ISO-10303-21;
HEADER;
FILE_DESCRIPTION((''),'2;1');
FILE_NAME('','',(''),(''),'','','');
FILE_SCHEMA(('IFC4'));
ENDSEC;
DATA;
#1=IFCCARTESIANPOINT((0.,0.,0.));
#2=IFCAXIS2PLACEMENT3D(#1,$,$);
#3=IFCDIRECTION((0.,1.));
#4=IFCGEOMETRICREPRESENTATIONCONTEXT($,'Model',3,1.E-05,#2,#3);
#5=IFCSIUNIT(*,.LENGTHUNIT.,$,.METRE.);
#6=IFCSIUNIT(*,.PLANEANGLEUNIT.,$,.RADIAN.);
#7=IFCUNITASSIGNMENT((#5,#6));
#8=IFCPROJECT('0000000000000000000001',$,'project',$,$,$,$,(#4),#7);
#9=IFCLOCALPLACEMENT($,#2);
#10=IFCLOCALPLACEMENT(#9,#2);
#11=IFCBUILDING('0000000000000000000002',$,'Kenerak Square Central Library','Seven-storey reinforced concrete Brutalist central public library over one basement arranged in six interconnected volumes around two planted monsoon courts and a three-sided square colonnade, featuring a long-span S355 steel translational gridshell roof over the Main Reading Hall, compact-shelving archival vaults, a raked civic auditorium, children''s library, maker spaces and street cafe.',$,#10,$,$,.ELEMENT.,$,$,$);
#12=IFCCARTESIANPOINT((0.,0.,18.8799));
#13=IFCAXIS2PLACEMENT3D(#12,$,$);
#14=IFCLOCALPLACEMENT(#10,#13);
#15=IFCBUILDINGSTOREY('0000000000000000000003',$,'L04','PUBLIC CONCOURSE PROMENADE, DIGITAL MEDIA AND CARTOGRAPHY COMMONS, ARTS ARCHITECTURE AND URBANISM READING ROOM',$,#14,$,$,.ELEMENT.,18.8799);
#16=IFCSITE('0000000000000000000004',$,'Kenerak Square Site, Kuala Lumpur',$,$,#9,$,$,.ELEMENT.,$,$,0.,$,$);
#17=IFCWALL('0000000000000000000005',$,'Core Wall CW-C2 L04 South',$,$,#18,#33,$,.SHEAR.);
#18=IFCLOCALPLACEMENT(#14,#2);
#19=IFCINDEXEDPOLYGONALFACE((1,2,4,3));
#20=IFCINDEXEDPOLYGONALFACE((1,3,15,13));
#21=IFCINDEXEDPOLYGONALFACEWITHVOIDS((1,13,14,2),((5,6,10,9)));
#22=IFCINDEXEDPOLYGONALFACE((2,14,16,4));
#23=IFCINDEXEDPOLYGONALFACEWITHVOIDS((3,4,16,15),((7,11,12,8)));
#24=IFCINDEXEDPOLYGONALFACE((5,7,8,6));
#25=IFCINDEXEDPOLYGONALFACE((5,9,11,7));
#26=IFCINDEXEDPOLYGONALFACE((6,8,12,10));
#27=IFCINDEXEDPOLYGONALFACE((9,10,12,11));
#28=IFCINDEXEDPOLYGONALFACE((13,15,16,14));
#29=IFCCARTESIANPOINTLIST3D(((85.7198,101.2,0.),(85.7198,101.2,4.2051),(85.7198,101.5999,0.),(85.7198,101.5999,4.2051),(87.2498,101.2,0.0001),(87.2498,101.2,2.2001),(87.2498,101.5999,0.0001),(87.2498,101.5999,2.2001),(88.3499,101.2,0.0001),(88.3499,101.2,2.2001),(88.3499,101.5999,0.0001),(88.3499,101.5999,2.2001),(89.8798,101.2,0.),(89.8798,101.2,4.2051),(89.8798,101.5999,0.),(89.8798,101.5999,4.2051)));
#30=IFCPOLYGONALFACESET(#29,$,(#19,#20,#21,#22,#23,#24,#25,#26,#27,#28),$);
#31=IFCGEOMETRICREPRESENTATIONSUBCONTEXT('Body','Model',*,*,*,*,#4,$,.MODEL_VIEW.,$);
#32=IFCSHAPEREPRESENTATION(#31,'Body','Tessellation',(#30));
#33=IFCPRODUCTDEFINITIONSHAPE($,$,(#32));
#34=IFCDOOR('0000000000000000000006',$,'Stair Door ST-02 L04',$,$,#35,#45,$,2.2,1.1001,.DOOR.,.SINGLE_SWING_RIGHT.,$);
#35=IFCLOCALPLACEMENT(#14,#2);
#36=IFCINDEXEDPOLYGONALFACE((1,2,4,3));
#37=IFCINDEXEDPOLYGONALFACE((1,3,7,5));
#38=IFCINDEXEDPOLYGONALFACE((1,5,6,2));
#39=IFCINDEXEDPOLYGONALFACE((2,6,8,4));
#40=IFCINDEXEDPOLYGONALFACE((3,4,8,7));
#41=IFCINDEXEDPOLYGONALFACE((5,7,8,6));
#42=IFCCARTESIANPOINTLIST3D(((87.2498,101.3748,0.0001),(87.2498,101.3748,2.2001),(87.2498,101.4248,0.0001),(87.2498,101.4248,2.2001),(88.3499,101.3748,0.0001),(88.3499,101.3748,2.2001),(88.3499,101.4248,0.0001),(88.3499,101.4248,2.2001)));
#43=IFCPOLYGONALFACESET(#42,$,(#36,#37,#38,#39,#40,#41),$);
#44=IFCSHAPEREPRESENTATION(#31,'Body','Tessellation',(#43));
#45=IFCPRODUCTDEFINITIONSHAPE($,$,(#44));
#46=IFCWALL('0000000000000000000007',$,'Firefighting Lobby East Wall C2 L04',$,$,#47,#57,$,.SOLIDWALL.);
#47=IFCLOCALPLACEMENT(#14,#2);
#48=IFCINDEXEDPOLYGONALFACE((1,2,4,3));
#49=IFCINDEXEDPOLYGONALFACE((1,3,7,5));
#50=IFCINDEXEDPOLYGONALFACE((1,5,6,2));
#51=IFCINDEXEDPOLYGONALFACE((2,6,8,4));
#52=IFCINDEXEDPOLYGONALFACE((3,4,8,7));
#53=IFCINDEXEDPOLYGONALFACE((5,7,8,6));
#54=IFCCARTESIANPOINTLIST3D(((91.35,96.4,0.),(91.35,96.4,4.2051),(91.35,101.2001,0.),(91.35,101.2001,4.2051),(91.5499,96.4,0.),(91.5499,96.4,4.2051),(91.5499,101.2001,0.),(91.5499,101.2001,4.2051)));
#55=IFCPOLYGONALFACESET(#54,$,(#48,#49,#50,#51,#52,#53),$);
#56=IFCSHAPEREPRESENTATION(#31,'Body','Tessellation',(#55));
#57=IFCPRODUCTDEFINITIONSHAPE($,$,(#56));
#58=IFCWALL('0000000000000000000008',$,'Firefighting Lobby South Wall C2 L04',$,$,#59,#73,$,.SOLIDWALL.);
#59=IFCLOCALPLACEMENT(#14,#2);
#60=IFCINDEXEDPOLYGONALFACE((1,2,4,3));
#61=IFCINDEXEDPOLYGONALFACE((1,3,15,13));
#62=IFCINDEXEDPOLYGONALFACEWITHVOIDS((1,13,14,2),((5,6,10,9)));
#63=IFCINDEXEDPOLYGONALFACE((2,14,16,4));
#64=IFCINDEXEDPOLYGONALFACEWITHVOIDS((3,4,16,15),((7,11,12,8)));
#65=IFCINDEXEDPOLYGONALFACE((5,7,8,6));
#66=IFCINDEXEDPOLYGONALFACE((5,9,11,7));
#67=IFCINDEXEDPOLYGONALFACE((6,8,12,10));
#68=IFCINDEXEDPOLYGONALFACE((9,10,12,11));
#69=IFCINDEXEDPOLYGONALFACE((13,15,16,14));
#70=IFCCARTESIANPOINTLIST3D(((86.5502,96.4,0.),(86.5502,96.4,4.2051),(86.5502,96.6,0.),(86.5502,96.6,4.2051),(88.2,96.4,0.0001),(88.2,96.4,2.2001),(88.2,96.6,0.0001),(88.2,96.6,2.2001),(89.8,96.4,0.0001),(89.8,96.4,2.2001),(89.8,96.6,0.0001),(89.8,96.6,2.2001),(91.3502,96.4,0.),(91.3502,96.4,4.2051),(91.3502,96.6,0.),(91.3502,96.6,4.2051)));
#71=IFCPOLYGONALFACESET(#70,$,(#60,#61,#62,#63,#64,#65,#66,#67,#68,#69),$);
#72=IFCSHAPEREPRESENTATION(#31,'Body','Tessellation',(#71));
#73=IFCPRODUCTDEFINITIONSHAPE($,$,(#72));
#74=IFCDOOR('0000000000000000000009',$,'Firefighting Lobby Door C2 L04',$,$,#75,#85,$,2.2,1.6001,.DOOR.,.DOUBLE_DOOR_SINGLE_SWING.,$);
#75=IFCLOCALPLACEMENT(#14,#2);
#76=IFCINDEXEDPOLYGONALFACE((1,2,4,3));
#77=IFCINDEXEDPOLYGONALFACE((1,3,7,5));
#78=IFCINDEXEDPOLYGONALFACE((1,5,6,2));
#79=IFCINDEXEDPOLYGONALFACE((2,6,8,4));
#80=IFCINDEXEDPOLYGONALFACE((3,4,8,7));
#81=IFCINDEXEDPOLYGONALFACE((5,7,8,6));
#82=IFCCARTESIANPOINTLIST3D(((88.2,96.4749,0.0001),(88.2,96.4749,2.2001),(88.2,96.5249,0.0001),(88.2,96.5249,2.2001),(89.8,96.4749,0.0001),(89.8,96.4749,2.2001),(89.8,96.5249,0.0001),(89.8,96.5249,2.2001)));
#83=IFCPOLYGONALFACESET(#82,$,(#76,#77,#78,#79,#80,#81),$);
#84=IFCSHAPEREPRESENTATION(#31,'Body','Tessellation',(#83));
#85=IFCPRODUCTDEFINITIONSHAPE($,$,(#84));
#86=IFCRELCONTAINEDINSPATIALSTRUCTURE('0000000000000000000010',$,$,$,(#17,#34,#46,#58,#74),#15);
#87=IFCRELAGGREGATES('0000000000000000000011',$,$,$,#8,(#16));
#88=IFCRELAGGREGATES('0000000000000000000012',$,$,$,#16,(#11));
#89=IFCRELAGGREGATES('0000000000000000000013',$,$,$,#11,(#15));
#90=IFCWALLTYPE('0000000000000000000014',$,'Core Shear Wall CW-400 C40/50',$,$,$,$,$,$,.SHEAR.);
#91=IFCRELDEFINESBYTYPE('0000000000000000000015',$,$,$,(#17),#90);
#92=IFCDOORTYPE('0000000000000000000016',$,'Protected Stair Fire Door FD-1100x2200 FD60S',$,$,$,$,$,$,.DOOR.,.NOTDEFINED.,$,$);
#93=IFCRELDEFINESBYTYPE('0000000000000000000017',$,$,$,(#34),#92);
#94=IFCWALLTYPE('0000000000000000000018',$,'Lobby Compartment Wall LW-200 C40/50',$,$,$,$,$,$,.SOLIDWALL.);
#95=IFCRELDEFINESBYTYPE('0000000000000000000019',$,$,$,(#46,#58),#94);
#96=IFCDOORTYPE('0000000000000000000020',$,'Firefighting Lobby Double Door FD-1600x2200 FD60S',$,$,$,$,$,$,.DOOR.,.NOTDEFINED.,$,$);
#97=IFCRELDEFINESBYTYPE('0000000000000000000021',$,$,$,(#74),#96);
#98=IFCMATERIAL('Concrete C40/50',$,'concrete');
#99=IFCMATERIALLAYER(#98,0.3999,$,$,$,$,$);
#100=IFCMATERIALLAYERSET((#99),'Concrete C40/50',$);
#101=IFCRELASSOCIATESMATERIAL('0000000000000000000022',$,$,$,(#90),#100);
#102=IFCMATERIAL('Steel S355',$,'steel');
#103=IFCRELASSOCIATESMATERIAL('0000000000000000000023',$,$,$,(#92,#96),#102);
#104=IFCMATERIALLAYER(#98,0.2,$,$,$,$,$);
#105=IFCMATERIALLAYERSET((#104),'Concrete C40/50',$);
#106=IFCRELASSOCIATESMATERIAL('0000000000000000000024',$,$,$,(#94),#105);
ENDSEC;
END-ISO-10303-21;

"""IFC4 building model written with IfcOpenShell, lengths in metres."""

from ifc_helpers import new_model, si_unit, direction, frame, frame_2d, origin, place, context, subcontext, project, spatial, rectangle, extrude, material, layer, layer_set, type_object, element, fill, save


model = new_model("IFC4")

# Units and contexts
model_context = context("Model", 3, precision=1e-05, world=origin(), true_north=direction((0.0, 1.0)))
body_context = subcontext(model_context, "Body", "Model", "MODEL_VIEW")
ifc_project = project(units=[si_unit("LENGTHUNIT", "METRE"), si_unit("PLANEANGLEUNIT", "RADIAN")], contexts=[model_context])

# Site, building, storey
site_placement = place(None, origin())
site = spatial("IfcSite", under=ifc_project, at=site_placement, Name="Kenerak Square Site, Kuala Lumpur", CompositionType="ELEMENT", RefElevation=0.0)
building_placement = place(site_placement, origin())
building = spatial("IfcBuilding", under=site, at=building_placement, Name="Kenerak Square Central Library", Description="Seven-storey reinforced concrete Brutalist central public library over one basement arranged in six interconnected volumes around two planted monsoon courts and a three-sided square colonnade, featuring a long-span S355 steel translational gridshell roof over the Main Reading Hall, compact-shelving archival vaults, a raked civic auditorium, children's library, maker spaces and street cafe.", CompositionType="ELEMENT")
storey_placement = place(building_placement, frame((0.0, 0.0, 18.8799)))
storey = spatial("IfcBuildingStorey", under=building, at=storey_placement, Name="L04", Description="PUBLIC CONCOURSE PROMENADE, DIGITAL MEDIA AND CARTOGRAPHY COMMONS, ARTS ARCHITECTURE AND URBANISM READING ROOM", CompositionType="ELEMENT", Elevation=18.8799)

# Shared definitions
ifc_material_1 = material(Name="Concrete C40/50", Category="concrete")

# Shared definitions
ifc_material_2 = material(Name="Steel S355", Category="steel")

# Wall, opening, door
ifc_layer_1 = layer(ifc_material_1, 0.3999)
ifc_layer_set_1 = layer_set([ifc_layer_1], Name="Concrete C40/50")
wall_type_1 = type_object("IfcWallType", Name="Core Shear Wall CW-400 C40/50", PredefinedType="SHEAR", material=ifc_layer_set_1)
wall_1_placement = place(storey_placement, frame((89.8799, 101.3999, 0.0), z_axis=(0.0, 0.0, 1.0), x_axis=(-1.0, 0.0, 0.0)))
wall_1 = element("IfcWall", 1, at=wall_1_placement, inside=storey, type_object=wall_type_1, Name="Core Wall CW-C2 L04 South", PredefinedType="SHEAR", context=body_context, shape_type="SweptSolid", body=[
    extrude(rectangle(XDim=4.1599, YDim=0.3999, at=frame_2d((2.0801, 0.0))), origin(), (0.0, 0.0, 1.0), 4.2051),
])
opening_1_placement = place(wall_1_placement, frame((1.53, 0.0, 0.0)))
opening_1 = element("IfcOpeningElement", 2, at=opening_1_placement, cuts=wall_1, PredefinedType="OPENING", context=body_context, shape_type="SweptSolid", body=[
    extrude(rectangle(XDim=1.1001, YDim=2.2, at=frame_2d((0.55, 1.1001))), frame((0.0, 0.21, 0.0), z_axis=(0.0, -1.0, 0.0), x_axis=(1.0, 0.0, 0.0)), (0.0, 0.0, 1.0), 0.4199),
])
door_type_1 = type_object("IfcDoorType", Name="Protected Stair Fire Door FD-1100x2200 FD60S", OperationType="NOTDEFINED", PredefinedType="DOOR", material=ifc_material_2)
door_1_placement = place(opening_1_placement, frame((1.1001, 0.0, 0.0), z_axis=(0.0, 0.0, 1.0), x_axis=(-1.0, 0.0, 0.0)))
door_1 = element("IfcDoor", 3, at=door_1_placement, inside=storey, type_object=door_type_1, Name="Stair Door ST-02 L04", OperationType="SINGLE_SWING_RIGHT", OverallHeight=2.2, OverallWidth=1.1001, PredefinedType="DOOR", context=body_context, shape_type="SweptSolid", body=[
    extrude(rectangle(XDim=1.1001, YDim=2.2, at=frame_2d((0.55, 1.1001))), frame((0.0, 0.0249, 0.0), z_axis=(0.0, -1.0, 0.0), x_axis=(1.0, 0.0, 0.0)), (0.0, 0.0, 1.0), 0.05),
])
fill(opening_1, door_1)

# Wall
ifc_layer_2 = layer(ifc_material_1, 0.2)
ifc_layer_set_2 = layer_set([ifc_layer_2], Name="Concrete C40/50")
wall_type_2 = type_object("IfcWallType", Name="Lobby Compartment Wall LW-200 C40/50", PredefinedType="SOLIDWALL", material=ifc_layer_set_2)
wall_2_placement = place(storey_placement, frame((91.45, 101.2, 0.0), z_axis=(0.0, 0.0, 1.0), x_axis=(0.0, -1.0, 0.0)))
element("IfcWall", 4, at=wall_2_placement, inside=storey, type_object=wall_type_2, Name="Firefighting Lobby East Wall C2 L04", PredefinedType="SOLIDWALL", context=body_context, shape_type="SweptSolid", body=[
    extrude(rectangle(XDim=4.8, YDim=0.2, at=frame_2d((2.3999, 0.0))), origin(), (0.0, 0.0, 1.0), 4.2051),
])

# Wall, opening, door
wall_3_placement = place(storey_placement, frame((91.3501, 96.5, 0.0), z_axis=(0.0, 0.0, 1.0), x_axis=(-1.0, 0.0, 0.0)))
wall_3 = element("IfcWall", 5, at=wall_3_placement, inside=storey, type_object=wall_type_2, Name="Firefighting Lobby South Wall C2 L04", PredefinedType="SOLIDWALL", context=body_context, shape_type="SweptSolid", body=[
    extrude(rectangle(XDim=4.8, YDim=0.2, at=frame_2d((2.3999, 0.0))), origin(), (0.0, 0.0, 1.0), 4.2051),
])
opening_2_placement = place(wall_3_placement, frame((1.55, 0.0, 0.0)))
opening_2 = element("IfcOpeningElement", 6, at=opening_2_placement, cuts=wall_3, PredefinedType="OPENING", context=body_context, shape_type="SweptSolid", body=[
    extrude(rectangle(XDim=1.6001, YDim=2.2, at=frame_2d((0.8, 1.1001))), frame((0.0, 0.1099, 0.0), z_axis=(0.0, -1.0, 0.0), x_axis=(1.0, 0.0, 0.0)), (0.0, 0.0, 1.0), 0.22),
])
door_type_2 = type_object("IfcDoorType", Name="Firefighting Lobby Double Door FD-1600x2200 FD60S", OperationType="NOTDEFINED", PredefinedType="DOOR", material=ifc_material_2)
door_2_placement = place(opening_2_placement, frame((1.6001, 0.0, 0.0), z_axis=(0.0, 0.0, 1.0), x_axis=(-1.0, 0.0, 0.0)))
door_2 = element("IfcDoor", 7, at=door_2_placement, inside=storey, type_object=door_type_2, Name="Firefighting Lobby Door C2 L04", OperationType="DOUBLE_DOOR_SINGLE_SWING", OverallHeight=2.2, OverallWidth=1.6001, PredefinedType="DOOR", context=body_context, shape_type="SweptSolid", body=[
    extrude(rectangle(XDim=1.6001, YDim=2.2, at=frame_2d((0.8, 1.1001))), frame((0.0, 0.0249, 0.0), z_axis=(0.0, -1.0, 0.0), x_axis=(1.0, 0.0, 0.0)), (0.0, 0.0, 1.0), 0.05),
])
fill(opening_2, door_2)

save(model, "model.ifc")
